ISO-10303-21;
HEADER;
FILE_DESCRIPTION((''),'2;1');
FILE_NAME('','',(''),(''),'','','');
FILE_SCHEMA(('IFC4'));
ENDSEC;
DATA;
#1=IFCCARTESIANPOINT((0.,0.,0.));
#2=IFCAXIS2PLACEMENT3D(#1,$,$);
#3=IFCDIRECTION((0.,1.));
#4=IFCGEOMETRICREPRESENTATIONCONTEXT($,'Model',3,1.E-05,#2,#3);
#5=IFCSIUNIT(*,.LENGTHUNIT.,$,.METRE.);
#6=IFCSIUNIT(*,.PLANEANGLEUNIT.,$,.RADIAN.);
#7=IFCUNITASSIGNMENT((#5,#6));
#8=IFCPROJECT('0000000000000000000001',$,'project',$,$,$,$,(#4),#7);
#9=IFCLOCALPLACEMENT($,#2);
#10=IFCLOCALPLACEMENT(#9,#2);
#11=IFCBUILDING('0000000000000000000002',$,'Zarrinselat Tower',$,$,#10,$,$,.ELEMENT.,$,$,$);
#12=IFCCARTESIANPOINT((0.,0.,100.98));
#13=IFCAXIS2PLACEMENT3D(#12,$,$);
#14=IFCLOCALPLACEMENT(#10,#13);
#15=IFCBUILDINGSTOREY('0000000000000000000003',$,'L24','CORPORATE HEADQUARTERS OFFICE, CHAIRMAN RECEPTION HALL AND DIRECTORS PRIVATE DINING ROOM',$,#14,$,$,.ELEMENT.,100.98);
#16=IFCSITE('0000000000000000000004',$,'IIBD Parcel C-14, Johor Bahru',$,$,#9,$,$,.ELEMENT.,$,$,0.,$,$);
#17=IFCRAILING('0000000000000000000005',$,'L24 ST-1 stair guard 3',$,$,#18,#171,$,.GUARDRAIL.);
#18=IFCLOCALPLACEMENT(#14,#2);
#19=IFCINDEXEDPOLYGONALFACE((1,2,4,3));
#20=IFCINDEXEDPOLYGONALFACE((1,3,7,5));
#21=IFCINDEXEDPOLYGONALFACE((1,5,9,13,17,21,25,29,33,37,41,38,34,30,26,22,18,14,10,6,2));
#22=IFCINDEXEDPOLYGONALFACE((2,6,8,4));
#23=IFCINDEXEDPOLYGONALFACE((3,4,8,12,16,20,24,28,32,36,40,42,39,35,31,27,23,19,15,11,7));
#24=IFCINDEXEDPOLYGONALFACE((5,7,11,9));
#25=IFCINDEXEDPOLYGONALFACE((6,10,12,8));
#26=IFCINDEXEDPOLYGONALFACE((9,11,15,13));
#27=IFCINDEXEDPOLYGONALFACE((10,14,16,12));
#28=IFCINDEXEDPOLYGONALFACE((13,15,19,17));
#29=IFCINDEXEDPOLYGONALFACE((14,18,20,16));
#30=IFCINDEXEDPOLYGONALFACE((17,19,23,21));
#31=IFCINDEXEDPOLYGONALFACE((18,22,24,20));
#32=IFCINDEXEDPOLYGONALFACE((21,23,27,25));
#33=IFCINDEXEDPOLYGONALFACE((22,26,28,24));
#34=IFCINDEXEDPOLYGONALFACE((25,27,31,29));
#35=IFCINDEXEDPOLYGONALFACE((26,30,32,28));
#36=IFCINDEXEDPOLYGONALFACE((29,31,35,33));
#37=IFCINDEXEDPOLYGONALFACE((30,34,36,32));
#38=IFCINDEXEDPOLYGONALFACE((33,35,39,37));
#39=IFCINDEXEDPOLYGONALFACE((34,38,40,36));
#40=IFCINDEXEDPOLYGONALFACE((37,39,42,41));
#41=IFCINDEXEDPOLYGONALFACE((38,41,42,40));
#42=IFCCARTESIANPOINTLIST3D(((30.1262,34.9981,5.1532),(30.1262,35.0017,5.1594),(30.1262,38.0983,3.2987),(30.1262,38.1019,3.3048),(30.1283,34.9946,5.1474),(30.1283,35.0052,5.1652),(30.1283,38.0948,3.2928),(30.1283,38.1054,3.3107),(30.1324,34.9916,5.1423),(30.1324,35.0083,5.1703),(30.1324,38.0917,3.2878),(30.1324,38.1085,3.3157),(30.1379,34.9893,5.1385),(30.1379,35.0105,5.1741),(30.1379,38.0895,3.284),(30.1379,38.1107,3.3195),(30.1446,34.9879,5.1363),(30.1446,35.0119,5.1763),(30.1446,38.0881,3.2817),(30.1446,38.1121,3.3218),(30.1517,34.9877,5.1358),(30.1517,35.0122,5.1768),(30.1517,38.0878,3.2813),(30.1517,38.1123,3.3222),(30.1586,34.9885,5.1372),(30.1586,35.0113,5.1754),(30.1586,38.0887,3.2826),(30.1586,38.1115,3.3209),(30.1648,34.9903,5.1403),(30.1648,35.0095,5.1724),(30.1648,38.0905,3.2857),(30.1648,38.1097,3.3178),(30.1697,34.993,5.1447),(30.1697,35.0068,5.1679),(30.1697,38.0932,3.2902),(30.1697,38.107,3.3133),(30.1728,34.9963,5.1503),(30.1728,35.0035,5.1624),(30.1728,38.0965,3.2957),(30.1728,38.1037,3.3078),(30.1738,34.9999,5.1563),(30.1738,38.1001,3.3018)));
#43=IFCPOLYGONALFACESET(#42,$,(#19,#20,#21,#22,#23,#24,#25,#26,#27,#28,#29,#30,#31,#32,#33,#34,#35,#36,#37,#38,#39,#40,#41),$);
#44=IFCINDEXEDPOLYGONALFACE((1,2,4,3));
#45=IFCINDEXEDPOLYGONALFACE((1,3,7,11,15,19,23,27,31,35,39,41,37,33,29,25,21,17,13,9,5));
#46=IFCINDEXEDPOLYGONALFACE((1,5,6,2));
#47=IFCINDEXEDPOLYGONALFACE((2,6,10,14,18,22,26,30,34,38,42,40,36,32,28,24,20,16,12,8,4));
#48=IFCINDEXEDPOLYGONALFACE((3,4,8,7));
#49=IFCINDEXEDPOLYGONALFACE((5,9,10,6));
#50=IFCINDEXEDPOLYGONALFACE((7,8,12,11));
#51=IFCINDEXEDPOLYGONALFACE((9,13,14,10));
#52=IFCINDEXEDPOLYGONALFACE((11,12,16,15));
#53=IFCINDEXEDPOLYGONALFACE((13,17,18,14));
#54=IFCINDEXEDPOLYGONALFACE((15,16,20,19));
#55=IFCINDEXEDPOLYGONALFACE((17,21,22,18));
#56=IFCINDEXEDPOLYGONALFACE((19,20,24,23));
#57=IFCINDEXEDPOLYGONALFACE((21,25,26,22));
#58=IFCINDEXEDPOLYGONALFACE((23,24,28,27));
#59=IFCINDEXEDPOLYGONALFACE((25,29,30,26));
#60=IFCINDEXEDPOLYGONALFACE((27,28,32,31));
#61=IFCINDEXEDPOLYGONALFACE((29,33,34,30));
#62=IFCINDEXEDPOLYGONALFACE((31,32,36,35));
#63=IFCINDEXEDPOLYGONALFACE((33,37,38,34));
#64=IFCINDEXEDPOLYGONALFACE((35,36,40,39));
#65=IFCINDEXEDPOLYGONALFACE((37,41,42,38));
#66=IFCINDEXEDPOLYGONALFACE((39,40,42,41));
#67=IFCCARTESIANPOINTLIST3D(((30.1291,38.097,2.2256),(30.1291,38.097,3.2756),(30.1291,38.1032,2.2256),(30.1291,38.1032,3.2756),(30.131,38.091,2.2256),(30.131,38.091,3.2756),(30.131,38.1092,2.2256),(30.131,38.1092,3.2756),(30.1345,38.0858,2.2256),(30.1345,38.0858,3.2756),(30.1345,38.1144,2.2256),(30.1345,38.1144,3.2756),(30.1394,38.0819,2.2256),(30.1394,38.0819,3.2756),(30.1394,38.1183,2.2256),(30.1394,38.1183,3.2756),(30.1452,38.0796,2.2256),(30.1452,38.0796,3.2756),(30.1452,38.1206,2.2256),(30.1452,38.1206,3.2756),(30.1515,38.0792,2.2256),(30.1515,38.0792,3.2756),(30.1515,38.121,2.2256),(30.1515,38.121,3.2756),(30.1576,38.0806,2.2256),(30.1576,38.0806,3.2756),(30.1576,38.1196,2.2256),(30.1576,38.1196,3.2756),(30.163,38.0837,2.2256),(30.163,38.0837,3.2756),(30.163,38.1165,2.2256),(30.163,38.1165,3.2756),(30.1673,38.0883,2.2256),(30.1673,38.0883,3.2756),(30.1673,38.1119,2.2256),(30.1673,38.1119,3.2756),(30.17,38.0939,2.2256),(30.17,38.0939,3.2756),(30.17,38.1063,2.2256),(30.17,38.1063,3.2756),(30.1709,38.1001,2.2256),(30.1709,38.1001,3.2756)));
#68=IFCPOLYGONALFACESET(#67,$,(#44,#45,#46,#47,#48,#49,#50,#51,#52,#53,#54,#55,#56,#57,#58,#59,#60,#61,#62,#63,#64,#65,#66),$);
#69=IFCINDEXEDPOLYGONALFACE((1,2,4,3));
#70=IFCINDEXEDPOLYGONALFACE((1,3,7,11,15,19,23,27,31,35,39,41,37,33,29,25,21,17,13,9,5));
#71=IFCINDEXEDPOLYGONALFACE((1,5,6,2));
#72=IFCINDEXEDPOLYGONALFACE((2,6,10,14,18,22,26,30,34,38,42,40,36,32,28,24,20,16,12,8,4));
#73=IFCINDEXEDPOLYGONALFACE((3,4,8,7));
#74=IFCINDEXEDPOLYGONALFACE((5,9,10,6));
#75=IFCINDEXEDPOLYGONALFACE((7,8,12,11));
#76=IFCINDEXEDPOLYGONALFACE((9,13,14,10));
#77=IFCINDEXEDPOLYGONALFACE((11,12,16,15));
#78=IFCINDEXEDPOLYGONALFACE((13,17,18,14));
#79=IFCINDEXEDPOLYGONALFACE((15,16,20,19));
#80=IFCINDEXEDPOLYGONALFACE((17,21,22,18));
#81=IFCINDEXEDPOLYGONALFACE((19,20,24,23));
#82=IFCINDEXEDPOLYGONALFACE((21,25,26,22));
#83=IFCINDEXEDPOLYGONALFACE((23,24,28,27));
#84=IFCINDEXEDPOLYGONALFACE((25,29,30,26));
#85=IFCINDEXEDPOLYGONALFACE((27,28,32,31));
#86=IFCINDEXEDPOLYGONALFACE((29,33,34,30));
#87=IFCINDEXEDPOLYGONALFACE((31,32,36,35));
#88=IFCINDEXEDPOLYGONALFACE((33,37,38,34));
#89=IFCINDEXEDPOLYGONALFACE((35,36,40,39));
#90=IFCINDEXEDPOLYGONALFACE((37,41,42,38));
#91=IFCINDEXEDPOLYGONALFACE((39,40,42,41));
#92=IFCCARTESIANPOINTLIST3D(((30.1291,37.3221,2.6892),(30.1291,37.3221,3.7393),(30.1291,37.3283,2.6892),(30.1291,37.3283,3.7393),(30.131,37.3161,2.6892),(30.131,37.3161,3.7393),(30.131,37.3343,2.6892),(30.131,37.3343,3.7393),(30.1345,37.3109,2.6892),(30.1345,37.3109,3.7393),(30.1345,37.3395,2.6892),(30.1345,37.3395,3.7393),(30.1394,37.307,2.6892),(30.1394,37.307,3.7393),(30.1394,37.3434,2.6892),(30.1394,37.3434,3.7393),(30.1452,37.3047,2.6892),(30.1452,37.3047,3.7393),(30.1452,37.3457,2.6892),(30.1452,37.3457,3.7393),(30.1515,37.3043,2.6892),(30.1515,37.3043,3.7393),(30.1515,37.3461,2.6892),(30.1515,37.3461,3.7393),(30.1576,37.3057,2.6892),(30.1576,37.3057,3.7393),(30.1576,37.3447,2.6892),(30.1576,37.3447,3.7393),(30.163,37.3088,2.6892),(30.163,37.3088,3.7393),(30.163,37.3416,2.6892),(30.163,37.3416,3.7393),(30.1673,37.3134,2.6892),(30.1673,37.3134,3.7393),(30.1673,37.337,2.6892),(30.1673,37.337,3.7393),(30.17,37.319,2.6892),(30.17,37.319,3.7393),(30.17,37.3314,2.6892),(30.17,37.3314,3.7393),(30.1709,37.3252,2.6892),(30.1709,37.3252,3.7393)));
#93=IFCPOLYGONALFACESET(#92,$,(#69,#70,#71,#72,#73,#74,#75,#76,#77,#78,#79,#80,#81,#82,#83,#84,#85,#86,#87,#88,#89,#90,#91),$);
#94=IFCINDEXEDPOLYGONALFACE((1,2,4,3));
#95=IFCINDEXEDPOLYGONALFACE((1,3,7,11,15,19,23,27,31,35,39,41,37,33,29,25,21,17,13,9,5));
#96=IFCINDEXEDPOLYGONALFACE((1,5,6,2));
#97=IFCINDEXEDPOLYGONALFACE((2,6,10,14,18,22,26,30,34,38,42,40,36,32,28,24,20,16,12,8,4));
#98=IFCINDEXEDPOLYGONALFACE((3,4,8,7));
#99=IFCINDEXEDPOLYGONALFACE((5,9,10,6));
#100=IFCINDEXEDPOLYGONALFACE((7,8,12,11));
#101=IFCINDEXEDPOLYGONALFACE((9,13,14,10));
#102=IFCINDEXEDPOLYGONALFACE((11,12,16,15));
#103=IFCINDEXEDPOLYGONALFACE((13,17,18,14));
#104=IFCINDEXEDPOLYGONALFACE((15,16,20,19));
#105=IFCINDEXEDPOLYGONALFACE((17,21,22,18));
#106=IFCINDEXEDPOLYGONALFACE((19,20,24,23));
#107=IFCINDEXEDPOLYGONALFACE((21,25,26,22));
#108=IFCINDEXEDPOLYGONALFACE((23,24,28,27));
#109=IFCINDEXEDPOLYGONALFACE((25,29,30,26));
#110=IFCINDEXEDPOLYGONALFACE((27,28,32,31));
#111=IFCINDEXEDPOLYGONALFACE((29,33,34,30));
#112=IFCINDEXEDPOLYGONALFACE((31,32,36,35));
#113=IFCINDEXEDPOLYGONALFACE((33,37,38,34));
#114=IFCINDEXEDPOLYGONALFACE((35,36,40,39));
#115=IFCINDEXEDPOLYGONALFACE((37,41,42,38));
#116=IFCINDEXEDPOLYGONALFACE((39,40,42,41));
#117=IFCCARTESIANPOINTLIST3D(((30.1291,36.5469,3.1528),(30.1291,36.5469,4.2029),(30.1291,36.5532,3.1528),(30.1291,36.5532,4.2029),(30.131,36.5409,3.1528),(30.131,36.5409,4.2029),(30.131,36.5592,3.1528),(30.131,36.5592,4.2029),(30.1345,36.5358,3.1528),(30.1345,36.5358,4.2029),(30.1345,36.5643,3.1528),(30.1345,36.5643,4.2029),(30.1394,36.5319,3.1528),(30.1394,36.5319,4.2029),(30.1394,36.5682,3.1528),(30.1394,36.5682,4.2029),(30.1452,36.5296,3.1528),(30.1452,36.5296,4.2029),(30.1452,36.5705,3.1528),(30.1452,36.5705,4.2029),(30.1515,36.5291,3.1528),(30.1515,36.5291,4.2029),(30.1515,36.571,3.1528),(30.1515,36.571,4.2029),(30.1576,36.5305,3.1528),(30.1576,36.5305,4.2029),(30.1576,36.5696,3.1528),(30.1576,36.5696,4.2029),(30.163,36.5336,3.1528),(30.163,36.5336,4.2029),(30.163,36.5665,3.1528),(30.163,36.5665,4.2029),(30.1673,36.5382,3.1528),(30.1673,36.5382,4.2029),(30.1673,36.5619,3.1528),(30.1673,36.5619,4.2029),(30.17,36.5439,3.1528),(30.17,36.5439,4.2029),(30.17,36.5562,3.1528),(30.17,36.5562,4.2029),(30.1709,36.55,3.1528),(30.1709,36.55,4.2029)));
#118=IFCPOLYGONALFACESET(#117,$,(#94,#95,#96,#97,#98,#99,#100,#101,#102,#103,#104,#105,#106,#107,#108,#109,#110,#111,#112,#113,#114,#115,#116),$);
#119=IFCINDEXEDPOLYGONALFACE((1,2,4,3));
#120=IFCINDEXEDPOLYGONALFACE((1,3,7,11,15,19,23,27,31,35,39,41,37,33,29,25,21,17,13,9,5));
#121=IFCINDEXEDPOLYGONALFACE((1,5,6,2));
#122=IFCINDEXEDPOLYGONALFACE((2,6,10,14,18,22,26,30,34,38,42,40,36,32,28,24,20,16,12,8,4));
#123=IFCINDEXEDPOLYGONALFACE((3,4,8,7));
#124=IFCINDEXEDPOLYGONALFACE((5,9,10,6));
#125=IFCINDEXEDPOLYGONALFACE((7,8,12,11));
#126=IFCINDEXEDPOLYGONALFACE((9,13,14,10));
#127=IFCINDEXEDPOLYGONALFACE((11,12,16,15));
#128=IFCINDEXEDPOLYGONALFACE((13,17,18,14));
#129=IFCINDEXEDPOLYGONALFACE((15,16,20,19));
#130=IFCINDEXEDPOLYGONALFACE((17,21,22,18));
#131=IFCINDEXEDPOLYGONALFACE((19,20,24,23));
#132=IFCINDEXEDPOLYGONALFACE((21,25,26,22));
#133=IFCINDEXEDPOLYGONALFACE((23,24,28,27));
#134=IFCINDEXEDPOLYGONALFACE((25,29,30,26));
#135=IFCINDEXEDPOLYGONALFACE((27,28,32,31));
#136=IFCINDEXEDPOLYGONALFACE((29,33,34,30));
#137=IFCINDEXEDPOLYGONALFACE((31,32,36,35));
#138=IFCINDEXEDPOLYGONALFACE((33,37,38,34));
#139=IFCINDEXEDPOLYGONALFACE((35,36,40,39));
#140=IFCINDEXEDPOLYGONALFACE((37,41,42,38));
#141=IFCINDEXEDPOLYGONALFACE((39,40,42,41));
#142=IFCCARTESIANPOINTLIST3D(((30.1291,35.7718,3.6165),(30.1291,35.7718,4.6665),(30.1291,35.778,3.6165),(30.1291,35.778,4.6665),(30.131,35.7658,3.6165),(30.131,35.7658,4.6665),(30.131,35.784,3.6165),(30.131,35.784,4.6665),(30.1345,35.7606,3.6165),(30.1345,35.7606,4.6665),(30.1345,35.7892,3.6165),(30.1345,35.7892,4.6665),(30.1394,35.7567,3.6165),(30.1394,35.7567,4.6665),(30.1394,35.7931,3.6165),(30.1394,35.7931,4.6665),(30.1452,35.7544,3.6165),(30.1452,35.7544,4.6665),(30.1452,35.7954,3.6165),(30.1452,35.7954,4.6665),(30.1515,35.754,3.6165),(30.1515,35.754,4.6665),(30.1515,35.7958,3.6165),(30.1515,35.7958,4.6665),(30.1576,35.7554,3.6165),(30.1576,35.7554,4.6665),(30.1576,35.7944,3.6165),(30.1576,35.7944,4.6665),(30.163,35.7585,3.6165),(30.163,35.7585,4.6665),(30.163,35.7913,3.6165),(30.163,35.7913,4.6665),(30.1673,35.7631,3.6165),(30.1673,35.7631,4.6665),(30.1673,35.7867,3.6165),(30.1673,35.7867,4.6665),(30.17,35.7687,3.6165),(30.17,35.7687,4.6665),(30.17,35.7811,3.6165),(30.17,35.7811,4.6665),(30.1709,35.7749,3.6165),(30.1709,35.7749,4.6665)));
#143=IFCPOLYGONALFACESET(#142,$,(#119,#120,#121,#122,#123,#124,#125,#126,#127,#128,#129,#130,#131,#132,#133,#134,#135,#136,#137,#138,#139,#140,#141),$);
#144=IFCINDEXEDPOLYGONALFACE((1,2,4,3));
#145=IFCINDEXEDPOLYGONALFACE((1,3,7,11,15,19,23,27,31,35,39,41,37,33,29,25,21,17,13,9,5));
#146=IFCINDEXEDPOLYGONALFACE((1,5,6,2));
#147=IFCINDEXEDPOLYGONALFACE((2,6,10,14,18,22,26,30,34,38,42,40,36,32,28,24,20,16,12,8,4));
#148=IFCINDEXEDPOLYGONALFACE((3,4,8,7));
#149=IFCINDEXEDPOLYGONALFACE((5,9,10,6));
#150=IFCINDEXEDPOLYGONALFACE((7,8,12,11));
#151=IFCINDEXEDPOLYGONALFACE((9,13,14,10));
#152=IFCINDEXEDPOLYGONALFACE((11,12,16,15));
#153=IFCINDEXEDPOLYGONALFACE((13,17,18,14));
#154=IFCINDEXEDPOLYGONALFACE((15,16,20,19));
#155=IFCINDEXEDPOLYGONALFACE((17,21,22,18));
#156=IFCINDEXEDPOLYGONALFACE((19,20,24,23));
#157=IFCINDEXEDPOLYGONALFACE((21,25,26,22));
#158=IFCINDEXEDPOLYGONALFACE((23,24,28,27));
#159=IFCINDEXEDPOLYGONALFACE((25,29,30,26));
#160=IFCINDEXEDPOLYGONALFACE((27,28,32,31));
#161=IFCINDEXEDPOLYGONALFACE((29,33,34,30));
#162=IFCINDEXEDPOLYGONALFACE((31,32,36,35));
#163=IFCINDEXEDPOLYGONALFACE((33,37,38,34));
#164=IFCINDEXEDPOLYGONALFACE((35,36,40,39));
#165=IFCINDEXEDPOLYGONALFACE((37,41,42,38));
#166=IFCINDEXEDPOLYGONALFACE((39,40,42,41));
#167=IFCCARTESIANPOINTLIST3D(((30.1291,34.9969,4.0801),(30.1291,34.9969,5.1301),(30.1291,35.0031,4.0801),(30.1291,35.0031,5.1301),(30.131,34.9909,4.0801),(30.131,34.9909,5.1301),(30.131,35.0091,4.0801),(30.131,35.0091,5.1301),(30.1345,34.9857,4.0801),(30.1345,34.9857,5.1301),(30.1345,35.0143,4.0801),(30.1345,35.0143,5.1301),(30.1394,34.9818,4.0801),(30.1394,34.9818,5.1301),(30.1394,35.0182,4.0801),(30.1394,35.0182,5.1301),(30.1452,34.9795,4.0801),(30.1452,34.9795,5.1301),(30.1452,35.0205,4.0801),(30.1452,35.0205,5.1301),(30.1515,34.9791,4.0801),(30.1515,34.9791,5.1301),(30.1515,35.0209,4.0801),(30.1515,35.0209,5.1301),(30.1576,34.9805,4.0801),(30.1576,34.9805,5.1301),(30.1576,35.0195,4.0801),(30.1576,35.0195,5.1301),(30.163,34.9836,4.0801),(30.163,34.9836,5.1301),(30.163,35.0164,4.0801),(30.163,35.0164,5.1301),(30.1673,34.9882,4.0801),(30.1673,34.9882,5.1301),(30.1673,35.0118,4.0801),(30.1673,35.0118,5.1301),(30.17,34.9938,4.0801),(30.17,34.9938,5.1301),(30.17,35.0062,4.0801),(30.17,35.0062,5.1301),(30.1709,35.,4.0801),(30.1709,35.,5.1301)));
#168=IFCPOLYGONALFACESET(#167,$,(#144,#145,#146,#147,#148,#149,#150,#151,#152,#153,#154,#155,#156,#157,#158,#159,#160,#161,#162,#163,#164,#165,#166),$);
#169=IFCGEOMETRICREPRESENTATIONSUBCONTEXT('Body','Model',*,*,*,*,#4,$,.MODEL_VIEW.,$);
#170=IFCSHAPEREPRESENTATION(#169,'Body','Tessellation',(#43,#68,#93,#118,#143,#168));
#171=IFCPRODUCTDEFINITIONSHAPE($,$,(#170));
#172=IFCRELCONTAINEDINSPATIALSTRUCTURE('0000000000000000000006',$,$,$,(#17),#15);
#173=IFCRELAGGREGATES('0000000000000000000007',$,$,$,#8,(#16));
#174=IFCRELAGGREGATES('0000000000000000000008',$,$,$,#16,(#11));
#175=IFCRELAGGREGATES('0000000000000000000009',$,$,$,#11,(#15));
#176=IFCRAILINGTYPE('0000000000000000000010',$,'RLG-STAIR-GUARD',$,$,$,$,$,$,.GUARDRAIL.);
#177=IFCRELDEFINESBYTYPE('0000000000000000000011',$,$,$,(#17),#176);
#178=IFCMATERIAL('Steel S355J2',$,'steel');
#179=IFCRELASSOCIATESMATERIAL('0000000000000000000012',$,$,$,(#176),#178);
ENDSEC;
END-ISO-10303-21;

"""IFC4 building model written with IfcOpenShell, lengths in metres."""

from ifc_helpers import new_model, si_unit, direction, frame, origin, origin_2d, place, context, subcontext, project, spatial, circle, extrude, material, type_object, element, save


model = new_model("IFC4")

# Units and contexts
model_context = context("Model", 3, precision=1e-05, world=origin(), true_north=direction((0.0, 1.0)))
body_context = subcontext(model_context, "Body", "Model", "MODEL_VIEW")
ifc_project = project(units=[si_unit("LENGTHUNIT", "METRE"), si_unit("PLANEANGLEUNIT", "RADIAN")], contexts=[model_context])

# Site, building, storey
site_placement = place(None, origin())
site = spatial("IfcSite", under=ifc_project, at=site_placement, Name="IIBD Parcel C-14, Johor Bahru", CompositionType="ELEMENT", RefElevation=0.0)
building_placement = place(site_placement, origin())
building = spatial("IfcBuilding", under=site, at=building_placement, Name="Zarrinselat Tower", CompositionType="ELEMENT")
storey_placement = place(building_placement, frame((0.0, 0.0, 100.98)))
storey = spatial("IfcBuildingStorey", under=building, at=storey_placement, Name="L24", Description="CORPORATE HEADQUARTERS OFFICE, CHAIRMAN RECEPTION HALL AND DIRECTORS PRIVATE DINING ROOM", CompositionType="ELEMENT", Elevation=100.98)

# Railing
ifc_material_1 = material(Name="Steel S355J2", Category="steel")
railing_type_1 = type_object("IfcRailingType", Name="RLG-STAIR-GUARD", PredefinedType="GUARDRAIL", material=ifc_material_1)
railing_1_placement = place(storey_placement, frame((30.1499, 38.1001, 2.2256)))
element("IfcRailing", 1, at=railing_1_placement, inside=storey, type_object=railing_type_1, Name="L24 ST-1 stair guard 3", PredefinedType="GUARDRAIL", context=body_context, shape_type="SweptSolid", body=[
    extrude(circle(Radius=0.0239, at=origin_2d()), frame((0.0, 0.0, 1.0762), z_axis=(0.0, -0.858172, 0.513362), x_axis=(1.0, 0.0, 0.0)), (0.0, 0.0, 1.0), 3.6125),
    extrude(circle(Radius=0.021, at=origin_2d()), origin(), (0.0, 0.0, 1.0), 1.05),
    extrude(circle(Radius=0.021, at=origin_2d()), frame((0.0, -0.7749, 0.4636)), (0.0, 0.0, 1.0), 1.05),
    extrude(circle(Radius=0.021, at=origin_2d()), frame((0.0, -1.55, 0.9272)), (0.0, 0.0, 1.0), 1.05),
    extrude(circle(Radius=0.021, at=origin_2d()), frame((0.0, -2.3252, 1.3909)), (0.0, 0.0, 1.0), 1.05),
    extrude(circle(Radius=0.021, at=origin_2d()), frame((0.0, -3.1001, 1.8545)), (0.0, 0.0, 1.0), 1.05),
])

save(model, "model.ifc")
